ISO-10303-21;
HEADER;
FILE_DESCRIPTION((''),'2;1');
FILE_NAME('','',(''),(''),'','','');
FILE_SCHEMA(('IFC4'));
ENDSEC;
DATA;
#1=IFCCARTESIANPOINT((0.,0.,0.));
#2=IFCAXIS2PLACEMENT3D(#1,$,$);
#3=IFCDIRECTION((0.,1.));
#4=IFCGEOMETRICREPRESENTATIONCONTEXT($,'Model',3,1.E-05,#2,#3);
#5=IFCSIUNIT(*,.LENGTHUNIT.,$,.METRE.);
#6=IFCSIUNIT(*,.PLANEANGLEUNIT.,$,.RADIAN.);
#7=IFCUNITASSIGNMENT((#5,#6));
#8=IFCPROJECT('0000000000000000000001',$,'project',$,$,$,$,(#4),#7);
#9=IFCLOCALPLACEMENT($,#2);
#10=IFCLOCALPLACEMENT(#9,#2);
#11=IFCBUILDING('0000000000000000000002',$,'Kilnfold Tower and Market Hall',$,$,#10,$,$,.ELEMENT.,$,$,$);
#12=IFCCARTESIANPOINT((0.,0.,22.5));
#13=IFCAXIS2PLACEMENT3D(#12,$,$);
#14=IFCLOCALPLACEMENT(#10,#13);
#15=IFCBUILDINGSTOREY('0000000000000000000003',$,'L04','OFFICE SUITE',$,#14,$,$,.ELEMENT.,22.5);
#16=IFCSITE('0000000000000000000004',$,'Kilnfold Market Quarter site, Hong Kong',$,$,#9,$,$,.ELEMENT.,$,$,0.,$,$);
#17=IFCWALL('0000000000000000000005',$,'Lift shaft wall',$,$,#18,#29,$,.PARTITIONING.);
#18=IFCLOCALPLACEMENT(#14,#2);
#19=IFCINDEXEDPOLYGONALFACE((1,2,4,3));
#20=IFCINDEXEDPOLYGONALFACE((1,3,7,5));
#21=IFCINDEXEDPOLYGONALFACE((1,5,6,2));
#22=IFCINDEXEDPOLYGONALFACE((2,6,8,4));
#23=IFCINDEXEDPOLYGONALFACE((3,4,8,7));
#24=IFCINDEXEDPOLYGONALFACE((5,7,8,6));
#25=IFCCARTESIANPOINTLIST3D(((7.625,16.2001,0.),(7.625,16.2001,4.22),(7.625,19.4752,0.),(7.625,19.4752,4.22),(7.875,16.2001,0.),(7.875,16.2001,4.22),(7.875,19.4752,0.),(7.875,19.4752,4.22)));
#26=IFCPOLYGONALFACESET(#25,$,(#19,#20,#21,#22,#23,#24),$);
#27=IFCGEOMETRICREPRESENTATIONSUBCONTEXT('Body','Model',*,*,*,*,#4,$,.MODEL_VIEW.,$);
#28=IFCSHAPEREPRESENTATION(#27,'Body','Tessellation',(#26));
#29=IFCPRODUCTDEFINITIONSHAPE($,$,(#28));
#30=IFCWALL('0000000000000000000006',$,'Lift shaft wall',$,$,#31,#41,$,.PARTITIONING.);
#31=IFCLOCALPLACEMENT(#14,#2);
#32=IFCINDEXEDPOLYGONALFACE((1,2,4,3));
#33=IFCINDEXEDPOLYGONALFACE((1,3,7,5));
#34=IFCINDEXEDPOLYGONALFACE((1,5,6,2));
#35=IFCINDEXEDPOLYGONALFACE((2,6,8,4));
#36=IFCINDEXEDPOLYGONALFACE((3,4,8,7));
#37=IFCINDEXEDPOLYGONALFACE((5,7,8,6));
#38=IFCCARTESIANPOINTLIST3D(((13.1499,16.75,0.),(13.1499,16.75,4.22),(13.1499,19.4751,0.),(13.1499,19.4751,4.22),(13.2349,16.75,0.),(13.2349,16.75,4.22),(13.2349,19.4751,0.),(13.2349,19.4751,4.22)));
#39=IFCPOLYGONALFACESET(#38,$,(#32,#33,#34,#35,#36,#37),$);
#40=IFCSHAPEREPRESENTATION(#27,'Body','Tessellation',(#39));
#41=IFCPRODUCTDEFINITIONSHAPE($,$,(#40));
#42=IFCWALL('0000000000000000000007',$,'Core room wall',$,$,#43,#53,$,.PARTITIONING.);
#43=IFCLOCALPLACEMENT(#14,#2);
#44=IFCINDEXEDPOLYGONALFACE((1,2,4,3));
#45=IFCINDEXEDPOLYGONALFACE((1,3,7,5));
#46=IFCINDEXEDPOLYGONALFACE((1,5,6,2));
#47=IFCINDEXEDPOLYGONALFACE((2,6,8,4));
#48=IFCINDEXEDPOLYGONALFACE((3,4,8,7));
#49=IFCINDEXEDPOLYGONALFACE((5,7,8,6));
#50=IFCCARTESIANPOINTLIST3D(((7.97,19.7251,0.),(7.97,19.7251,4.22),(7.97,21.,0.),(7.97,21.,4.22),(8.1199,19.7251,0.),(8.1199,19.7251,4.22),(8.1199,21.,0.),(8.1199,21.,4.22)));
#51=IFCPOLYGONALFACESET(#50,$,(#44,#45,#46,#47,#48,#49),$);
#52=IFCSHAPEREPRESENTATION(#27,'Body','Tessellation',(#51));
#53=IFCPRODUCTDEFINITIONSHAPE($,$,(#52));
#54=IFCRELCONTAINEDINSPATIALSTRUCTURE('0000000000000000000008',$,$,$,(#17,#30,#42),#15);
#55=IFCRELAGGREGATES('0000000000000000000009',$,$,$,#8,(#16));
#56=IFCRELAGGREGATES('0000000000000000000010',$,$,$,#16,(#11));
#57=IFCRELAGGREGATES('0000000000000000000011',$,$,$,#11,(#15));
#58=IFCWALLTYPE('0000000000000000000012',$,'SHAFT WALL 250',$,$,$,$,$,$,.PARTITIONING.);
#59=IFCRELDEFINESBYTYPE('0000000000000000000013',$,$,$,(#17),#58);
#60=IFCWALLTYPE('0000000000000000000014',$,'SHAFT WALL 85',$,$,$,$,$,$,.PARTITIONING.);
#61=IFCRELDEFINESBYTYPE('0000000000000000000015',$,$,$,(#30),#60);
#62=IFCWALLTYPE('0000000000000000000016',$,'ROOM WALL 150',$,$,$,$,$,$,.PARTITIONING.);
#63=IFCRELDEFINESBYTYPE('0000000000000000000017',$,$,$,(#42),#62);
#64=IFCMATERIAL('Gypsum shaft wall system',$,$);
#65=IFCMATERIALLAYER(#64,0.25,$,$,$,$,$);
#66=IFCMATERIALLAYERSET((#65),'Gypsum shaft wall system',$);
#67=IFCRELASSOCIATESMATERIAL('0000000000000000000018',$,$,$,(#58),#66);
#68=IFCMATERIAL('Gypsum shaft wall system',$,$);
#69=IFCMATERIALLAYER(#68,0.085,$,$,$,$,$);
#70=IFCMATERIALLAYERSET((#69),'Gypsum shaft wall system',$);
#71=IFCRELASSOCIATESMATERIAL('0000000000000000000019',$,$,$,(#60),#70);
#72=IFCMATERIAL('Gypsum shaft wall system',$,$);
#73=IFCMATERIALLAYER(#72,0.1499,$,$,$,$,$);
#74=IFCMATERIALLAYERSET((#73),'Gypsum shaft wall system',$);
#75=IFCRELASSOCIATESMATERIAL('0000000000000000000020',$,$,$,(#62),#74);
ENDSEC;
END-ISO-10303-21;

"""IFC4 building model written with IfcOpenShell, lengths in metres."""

from ifc_helpers import new_model, si_unit, direction, frame, frame_2d, origin, place, context, subcontext, project, spatial, rectangle, extrude, source, transform, mapped, material, layer, layer_set, type_object, element, save


model = new_model("IFC4")

# Units and contexts
model_context = context("Model", 3, precision=1e-05, world=origin(), true_north=direction((0.0, 1.0)))
body_context = subcontext(model_context, "Body", "Model", "MODEL_VIEW")
ifc_project = project(units=[si_unit("LENGTHUNIT", "METRE"), si_unit("PLANEANGLEUNIT", "RADIAN")], contexts=[model_context])

# Site, building, storey
site_placement = place(None, origin())
site = spatial("IfcSite", under=ifc_project, at=site_placement, Name="Kilnfold Market Quarter site, Hong Kong", CompositionType="ELEMENT", RefElevation=0.0)
building_placement = place(site_placement, origin())
building = spatial("IfcBuilding", under=site, at=building_placement, Name="Kilnfold Tower and Market Hall", CompositionType="ELEMENT")
storey_placement = place(building_placement, frame((0.0, 0.0, 22.5)))
storey = spatial("IfcBuildingStorey", under=building, at=storey_placement, Name="L04", Description="OFFICE SUITE", CompositionType="ELEMENT", Elevation=22.5)

# Walls
ifc_material_1 = material(Name="Gypsum shaft wall system")
ifc_layer_1 = layer(ifc_material_1, 0.25)
ifc_layer_set_1 = layer_set([ifc_layer_1], Name="Gypsum shaft wall system")
wall_type_1 = type_object("IfcWallType", Name="SHAFT WALL 250", PredefinedType="PARTITIONING", material=ifc_layer_set_1)
shared_shape_1 = source(origin(), body_context, "Body", "SweptSolid", [
    extrude(rectangle(XDim=3.2751, YDim=0.25, at=frame_2d((1.6377, 0.0))), origin(), (0.0, 0.0, 1.0), 4.22),
])
for number, where, z_axis, x_axis, name in (
    (1, (7.75, 16.2, 0.0), (0.0, 0.0, 1.0), (0.0, 1.0, 0.0), "Lift shaft wall"),
):
    element("IfcWall", number, at=place(storey_placement, frame(where, z_axis=z_axis, x_axis=x_axis)), inside=storey, type_object=wall_type_1, Name=name, PredefinedType="PARTITIONING", context=body_context, shape_type="MappedRepresentation", body=[
        mapped(shared_shape_1, transform((0.0, 0.0, 0.0))),
    ])
ifc_material_2 = material(Name="Gypsum shaft wall system")
ifc_layer_2 = layer(ifc_material_2, 0.085)
ifc_layer_set_2 = layer_set([ifc_layer_2], Name="Gypsum shaft wall system")
wall_type_2 = type_object("IfcWallType", Name="SHAFT WALL 85", PredefinedType="PARTITIONING", material=ifc_layer_set_2)
shared_shape_2 = source(origin(), body_context, "Body", "SweptSolid", [
    extrude(rectangle(XDim=2.7251, YDim=0.085, at=frame_2d((1.3625, 0.0))), origin(), (0.0, 0.0, 1.0), 4.22),
])
wall_1_placement = place(storey_placement, frame((13.1924, 16.75, 0.0), z_axis=(0.0, 0.0, 1.0), x_axis=(0.0, 1.0, 0.0)))
element("IfcWall", 2, at=wall_1_placement, inside=storey, type_object=wall_type_2, Name="Lift shaft wall", PredefinedType="PARTITIONING", context=body_context, shape_type="MappedRepresentation", body=[
    mapped(shared_shape_2, transform((0.0, 0.0, 0.0))),
])
ifc_material_3 = material(Name="Gypsum shaft wall system")
ifc_layer_3 = layer(ifc_material_3, 0.1499)
ifc_layer_set_3 = layer_set([ifc_layer_3], Name="Gypsum shaft wall system")
wall_type_3 = type_object("IfcWallType", Name="ROOM WALL 150", PredefinedType="PARTITIONING", material=ifc_layer_set_3)
shared_shape_3 = source(origin(), body_context, "Body", "SweptSolid", [
    extrude(rectangle(XDim=1.2749, YDim=0.1499, at=frame_2d((0.6375, 0.0))), origin(), (0.0, 0.0, 1.0), 4.22),
])
wall_2_placement = place(storey_placement, frame((8.0449, 19.7251, 0.0), z_axis=(0.0, 0.0, 1.0), x_axis=(0.0, 1.0, 0.0)))
element("IfcWall", 3, at=wall_2_placement, inside=storey, type_object=wall_type_3, Name="Core room wall", PredefinedType="PARTITIONING", context=body_context, shape_type="MappedRepresentation", body=[
    mapped(shared_shape_3, transform((0.0, 0.0, 0.0))),
])

save(model, "model.ifc")
